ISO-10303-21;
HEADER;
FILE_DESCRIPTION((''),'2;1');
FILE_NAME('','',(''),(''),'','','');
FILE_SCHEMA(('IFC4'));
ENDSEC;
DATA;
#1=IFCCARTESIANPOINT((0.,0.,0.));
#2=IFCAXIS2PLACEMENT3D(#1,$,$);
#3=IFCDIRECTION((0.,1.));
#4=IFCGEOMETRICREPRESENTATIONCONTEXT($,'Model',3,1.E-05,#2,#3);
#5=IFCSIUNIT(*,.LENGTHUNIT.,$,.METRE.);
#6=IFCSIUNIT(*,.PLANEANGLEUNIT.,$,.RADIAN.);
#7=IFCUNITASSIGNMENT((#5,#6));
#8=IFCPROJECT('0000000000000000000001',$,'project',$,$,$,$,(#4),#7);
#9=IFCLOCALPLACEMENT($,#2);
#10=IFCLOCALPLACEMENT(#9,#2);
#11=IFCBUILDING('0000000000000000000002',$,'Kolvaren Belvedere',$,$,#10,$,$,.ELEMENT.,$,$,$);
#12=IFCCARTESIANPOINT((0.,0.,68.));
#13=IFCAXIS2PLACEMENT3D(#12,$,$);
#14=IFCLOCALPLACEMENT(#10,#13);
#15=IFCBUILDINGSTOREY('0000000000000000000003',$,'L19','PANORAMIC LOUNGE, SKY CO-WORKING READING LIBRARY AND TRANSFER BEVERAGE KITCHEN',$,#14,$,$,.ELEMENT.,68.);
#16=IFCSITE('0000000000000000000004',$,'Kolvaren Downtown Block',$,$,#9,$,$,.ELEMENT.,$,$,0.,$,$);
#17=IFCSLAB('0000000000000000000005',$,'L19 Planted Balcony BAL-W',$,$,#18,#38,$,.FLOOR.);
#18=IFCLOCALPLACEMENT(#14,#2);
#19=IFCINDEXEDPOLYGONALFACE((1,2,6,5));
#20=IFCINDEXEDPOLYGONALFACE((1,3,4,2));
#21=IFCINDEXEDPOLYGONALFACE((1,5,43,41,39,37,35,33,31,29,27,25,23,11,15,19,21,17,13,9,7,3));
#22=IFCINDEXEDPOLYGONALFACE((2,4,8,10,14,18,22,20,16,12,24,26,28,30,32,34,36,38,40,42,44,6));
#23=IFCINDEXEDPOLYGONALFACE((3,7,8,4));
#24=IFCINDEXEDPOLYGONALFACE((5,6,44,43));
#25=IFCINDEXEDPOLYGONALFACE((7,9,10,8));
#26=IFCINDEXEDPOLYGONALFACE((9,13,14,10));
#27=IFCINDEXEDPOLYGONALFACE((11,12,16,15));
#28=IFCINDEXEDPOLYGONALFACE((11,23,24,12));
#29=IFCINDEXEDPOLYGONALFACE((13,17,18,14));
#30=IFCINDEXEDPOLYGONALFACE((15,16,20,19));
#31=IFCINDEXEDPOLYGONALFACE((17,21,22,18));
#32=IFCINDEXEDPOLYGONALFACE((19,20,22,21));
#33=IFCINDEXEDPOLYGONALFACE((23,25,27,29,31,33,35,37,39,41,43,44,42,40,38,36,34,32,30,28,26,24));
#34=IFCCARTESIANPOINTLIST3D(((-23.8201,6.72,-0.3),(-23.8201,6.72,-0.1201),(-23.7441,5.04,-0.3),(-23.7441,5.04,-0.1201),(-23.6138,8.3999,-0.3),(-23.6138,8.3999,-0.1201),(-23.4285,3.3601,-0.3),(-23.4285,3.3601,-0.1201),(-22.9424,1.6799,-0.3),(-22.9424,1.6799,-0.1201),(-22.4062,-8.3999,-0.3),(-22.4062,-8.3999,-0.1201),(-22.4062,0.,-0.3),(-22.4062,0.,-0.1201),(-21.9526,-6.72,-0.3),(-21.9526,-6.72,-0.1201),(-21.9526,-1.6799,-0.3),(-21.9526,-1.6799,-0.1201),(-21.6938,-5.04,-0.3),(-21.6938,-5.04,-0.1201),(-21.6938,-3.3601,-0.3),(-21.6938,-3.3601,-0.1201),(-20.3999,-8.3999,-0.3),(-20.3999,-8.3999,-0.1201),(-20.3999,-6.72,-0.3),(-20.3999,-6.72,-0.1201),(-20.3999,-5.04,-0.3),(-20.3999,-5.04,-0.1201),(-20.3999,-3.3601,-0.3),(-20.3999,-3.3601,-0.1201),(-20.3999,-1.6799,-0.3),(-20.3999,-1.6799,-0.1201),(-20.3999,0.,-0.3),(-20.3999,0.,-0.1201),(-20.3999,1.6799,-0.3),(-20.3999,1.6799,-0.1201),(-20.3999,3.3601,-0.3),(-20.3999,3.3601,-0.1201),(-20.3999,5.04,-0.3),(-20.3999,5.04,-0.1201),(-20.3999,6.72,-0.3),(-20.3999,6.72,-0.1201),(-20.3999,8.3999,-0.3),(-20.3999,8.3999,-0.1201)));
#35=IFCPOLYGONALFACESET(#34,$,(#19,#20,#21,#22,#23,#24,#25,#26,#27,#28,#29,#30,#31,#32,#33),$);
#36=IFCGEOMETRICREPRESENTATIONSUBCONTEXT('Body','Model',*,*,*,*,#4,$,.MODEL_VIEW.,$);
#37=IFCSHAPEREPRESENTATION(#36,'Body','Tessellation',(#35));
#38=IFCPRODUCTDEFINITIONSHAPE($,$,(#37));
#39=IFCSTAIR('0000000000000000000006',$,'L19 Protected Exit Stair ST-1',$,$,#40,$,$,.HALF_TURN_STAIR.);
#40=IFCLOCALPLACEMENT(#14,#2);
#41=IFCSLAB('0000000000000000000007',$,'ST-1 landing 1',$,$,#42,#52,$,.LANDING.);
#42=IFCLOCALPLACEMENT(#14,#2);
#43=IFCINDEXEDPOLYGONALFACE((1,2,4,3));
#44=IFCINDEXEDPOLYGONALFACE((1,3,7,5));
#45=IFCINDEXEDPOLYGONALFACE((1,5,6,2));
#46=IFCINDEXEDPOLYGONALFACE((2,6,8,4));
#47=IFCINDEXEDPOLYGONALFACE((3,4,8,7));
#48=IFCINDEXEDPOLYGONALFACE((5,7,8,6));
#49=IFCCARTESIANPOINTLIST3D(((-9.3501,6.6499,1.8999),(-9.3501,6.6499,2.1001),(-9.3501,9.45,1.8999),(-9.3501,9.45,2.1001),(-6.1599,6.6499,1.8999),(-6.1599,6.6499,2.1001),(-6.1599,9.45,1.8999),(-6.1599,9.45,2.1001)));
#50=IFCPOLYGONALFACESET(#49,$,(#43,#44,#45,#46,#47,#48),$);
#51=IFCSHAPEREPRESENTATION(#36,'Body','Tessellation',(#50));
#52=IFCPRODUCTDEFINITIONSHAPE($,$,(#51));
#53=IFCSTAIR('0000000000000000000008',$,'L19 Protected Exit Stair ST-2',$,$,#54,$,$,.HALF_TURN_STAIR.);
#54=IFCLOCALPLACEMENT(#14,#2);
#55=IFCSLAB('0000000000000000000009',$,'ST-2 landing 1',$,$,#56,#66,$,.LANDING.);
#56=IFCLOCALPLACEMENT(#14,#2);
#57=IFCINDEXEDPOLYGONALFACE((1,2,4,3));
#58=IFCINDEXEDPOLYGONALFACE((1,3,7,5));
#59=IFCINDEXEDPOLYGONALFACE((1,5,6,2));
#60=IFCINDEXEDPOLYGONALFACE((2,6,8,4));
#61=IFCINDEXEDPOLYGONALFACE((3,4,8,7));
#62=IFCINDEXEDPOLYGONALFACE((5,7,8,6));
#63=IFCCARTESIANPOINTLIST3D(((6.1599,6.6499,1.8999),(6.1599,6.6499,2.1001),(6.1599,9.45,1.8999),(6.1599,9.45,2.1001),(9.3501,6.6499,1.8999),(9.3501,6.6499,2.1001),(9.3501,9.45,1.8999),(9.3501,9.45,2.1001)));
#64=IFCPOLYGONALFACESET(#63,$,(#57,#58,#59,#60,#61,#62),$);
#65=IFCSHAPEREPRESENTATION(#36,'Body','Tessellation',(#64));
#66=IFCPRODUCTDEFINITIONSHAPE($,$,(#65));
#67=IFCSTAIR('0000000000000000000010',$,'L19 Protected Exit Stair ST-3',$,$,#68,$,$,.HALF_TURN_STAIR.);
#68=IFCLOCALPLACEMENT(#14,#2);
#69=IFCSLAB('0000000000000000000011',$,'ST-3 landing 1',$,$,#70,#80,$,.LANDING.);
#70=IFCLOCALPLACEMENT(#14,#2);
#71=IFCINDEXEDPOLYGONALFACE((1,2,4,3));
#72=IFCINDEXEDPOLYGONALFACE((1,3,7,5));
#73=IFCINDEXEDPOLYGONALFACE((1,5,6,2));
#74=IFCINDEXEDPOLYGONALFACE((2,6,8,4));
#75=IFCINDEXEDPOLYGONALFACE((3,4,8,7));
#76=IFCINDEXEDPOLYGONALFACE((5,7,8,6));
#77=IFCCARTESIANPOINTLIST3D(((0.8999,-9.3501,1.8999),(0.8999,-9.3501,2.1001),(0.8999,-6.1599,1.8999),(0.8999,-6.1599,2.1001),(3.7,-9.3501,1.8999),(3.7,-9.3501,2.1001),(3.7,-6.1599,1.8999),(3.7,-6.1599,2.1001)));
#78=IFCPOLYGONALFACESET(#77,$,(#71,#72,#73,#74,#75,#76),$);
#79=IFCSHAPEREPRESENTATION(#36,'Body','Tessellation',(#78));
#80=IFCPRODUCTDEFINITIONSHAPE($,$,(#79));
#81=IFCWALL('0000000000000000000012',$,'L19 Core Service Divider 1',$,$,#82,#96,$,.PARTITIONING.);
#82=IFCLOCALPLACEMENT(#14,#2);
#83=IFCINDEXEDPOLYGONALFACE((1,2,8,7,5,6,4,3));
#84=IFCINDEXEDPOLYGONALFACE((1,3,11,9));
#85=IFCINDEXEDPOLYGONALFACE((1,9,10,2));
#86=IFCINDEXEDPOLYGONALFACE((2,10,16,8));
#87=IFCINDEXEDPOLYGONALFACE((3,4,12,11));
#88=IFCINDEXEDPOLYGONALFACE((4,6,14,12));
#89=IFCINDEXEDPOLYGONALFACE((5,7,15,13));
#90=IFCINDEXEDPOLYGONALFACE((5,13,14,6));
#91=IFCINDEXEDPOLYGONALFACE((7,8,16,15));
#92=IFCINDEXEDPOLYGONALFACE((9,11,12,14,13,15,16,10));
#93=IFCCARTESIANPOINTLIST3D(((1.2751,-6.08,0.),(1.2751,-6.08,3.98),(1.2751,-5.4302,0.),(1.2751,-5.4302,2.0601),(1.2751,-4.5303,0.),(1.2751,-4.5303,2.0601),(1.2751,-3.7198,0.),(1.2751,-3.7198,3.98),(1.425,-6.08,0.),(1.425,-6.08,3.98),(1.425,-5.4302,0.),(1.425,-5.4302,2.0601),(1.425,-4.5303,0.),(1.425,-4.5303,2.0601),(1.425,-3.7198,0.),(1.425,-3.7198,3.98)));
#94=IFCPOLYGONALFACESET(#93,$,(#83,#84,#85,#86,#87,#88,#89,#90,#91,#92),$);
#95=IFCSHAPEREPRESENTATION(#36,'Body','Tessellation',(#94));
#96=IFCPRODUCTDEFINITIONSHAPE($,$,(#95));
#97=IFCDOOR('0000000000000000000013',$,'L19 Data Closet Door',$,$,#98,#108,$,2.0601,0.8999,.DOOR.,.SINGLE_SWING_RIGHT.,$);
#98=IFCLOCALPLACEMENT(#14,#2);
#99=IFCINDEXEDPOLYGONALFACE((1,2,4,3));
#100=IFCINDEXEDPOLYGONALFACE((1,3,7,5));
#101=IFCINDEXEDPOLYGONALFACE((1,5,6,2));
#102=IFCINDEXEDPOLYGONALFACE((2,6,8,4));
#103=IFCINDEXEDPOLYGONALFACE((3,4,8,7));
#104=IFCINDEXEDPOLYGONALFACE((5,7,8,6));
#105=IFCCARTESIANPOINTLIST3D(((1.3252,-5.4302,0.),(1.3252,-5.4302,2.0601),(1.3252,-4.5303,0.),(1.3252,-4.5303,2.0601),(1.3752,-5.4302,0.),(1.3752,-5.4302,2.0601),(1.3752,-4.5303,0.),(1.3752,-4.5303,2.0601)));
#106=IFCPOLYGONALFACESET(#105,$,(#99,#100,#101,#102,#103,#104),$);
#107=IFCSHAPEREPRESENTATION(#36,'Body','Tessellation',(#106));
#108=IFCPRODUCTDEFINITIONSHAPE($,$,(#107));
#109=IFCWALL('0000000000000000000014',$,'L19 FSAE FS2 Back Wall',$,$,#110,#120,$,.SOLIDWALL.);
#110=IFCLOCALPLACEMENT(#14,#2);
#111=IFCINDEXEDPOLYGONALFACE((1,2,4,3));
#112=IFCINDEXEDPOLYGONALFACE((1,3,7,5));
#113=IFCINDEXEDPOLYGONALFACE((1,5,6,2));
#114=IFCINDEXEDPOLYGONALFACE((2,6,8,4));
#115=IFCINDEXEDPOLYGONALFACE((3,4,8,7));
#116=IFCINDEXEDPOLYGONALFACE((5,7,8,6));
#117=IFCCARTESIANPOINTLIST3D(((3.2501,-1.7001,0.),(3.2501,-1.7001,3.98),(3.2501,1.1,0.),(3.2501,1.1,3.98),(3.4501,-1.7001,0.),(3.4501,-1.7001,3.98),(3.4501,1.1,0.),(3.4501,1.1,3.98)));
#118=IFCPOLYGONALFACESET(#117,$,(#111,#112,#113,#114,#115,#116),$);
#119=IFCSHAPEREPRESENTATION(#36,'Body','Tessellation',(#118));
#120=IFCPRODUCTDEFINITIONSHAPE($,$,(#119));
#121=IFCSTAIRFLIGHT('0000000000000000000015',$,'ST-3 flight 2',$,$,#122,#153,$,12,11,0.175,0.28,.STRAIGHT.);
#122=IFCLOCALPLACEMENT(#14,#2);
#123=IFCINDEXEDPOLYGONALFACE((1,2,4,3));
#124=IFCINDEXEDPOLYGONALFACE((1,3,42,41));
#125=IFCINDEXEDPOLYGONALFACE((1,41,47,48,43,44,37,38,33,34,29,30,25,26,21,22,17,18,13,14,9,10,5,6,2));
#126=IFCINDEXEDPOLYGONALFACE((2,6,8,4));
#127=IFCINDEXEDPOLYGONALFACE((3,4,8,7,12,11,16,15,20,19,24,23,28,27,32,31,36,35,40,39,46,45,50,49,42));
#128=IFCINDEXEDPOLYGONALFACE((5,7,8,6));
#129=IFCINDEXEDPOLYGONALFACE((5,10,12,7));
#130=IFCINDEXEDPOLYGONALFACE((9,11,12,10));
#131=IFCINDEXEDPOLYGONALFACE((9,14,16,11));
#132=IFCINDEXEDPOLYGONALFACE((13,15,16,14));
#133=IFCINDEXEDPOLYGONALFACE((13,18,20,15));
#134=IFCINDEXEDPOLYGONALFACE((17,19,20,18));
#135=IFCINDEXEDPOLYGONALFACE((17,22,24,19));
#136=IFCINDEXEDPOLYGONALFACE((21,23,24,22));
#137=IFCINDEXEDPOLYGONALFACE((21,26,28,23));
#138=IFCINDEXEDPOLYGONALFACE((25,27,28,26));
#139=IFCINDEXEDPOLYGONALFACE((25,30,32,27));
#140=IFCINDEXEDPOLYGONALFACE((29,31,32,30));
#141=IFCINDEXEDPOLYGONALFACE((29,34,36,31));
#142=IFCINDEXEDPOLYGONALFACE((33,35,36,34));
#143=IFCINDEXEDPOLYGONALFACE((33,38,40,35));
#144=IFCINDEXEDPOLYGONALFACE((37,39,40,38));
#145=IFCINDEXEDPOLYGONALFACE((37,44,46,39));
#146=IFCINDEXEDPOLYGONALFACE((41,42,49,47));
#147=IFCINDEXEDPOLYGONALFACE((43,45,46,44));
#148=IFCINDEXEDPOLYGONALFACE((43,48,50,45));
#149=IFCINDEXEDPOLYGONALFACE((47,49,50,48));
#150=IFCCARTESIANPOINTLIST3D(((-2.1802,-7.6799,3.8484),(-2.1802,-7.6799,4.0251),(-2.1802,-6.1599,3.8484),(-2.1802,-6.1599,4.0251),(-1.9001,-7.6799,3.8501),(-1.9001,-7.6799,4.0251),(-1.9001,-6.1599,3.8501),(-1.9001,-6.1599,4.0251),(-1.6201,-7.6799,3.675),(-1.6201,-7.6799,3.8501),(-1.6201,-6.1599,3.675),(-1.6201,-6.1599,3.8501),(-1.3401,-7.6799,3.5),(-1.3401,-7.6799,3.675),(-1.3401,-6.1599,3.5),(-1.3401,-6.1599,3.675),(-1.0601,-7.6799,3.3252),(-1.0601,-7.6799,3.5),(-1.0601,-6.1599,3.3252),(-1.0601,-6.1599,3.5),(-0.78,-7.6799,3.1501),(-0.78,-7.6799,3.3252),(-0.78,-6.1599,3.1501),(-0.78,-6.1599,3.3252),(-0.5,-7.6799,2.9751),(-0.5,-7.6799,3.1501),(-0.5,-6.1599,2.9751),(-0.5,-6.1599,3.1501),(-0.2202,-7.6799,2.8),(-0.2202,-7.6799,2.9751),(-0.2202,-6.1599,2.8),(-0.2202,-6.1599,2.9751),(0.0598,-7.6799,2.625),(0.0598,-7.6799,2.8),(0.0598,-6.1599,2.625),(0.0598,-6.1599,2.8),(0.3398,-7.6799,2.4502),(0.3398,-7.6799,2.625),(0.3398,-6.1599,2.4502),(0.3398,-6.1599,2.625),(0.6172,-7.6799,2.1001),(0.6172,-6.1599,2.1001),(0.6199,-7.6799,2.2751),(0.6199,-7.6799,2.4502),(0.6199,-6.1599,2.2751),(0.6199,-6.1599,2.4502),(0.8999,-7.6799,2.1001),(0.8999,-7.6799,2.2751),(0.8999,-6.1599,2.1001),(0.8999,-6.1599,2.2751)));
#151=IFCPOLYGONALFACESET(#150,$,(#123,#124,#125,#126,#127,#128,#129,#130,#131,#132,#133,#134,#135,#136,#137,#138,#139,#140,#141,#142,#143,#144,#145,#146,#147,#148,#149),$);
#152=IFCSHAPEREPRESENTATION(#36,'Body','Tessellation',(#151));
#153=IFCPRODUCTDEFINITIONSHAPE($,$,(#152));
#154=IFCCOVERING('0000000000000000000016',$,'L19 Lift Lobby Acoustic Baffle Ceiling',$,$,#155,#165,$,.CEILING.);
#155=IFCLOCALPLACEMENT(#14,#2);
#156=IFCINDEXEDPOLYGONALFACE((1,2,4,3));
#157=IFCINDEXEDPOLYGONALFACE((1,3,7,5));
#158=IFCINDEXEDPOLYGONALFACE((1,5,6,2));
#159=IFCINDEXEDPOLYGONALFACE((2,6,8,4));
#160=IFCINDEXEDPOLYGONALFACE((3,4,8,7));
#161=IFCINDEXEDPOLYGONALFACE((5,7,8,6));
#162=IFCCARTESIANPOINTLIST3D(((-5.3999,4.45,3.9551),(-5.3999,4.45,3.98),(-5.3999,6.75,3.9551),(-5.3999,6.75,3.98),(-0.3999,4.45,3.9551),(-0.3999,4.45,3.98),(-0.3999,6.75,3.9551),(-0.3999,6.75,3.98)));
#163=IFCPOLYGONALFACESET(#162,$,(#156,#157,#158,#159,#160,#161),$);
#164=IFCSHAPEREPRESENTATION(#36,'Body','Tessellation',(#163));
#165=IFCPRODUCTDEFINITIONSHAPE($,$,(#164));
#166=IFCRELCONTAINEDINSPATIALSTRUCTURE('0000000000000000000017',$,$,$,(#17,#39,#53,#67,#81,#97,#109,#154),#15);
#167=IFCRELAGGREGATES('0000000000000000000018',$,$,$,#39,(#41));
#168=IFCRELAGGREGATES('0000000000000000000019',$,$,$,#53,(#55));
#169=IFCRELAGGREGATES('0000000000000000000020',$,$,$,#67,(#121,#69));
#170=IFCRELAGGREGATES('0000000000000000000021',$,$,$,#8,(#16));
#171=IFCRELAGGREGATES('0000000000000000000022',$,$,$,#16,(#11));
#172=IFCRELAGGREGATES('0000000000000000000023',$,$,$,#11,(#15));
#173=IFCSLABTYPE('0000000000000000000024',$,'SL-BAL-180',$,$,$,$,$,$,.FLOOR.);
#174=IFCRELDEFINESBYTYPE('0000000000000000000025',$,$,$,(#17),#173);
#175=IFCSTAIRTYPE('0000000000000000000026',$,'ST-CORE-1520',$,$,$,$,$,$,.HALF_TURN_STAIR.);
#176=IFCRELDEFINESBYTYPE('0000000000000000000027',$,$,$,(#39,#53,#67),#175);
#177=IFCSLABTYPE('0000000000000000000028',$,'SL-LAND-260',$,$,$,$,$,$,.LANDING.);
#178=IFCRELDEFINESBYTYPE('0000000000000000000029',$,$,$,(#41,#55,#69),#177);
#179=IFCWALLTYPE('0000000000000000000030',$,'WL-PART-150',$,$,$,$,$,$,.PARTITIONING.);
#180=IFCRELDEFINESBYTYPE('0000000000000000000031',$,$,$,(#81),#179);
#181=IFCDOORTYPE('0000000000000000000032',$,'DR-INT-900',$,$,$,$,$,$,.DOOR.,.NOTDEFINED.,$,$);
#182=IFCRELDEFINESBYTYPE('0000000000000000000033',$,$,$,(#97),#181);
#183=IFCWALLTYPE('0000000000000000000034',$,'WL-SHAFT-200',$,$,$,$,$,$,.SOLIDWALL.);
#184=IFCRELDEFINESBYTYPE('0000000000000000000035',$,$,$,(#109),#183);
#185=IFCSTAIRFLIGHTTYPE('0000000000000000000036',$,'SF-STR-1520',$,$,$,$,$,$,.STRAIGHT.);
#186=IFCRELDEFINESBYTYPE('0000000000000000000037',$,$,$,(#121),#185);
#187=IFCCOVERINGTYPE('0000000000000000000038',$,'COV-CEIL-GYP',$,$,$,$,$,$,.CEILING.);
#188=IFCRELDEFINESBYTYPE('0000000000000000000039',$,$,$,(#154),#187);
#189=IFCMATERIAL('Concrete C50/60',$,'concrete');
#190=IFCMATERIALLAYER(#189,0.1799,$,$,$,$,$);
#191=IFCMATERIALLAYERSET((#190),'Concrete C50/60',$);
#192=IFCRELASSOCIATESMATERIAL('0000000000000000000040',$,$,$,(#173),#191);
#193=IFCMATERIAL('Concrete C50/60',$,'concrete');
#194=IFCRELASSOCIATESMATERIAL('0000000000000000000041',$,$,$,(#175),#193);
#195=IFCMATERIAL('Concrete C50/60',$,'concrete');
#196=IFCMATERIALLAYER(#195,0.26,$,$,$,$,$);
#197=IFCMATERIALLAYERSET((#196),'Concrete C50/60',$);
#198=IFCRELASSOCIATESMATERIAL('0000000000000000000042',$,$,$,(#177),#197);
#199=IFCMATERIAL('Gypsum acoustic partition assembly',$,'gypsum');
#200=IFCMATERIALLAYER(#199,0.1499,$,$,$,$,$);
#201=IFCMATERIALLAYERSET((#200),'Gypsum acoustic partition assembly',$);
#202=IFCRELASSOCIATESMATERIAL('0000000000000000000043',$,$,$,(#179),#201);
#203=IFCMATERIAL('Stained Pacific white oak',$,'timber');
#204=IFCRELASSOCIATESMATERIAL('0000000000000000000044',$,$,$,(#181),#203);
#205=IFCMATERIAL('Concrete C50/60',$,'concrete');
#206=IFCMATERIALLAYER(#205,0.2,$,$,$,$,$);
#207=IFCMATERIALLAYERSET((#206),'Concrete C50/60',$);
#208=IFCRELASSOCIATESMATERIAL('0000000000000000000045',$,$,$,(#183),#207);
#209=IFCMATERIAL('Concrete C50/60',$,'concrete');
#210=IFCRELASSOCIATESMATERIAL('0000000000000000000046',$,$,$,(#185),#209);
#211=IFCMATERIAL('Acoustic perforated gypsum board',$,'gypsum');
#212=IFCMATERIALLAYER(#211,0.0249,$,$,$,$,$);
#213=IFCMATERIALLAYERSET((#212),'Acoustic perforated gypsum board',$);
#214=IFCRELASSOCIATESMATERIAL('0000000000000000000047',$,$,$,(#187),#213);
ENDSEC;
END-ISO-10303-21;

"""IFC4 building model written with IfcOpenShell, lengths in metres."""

from ifc_helpers import new_model, si_unit, direction, frame, frame_2d, origin, place, context, subcontext, project, spatial, polyline, rectangle, outline, extrude, material, layer, layer_set, type_object, element, fill, aggregate, save


model = new_model("IFC4")

# Units and contexts
model_context = context("Model", 3, precision=1e-05, world=origin(), true_north=direction((0.0, 1.0)))
body_context = subcontext(model_context, "Body", "Model", "MODEL_VIEW")
ifc_project = project(units=[si_unit("LENGTHUNIT", "METRE"), si_unit("PLANEANGLEUNIT", "RADIAN")], contexts=[model_context])

# Site, building, storey
site_placement = place(None, origin())
site = spatial("IfcSite", under=ifc_project, at=site_placement, Name="Kolvaren Downtown Block", CompositionType="ELEMENT", RefElevation=0.0)
building_placement = place(site_placement, origin())
building = spatial("IfcBuilding", under=site, at=building_placement, Name="Kolvaren Belvedere", CompositionType="ELEMENT")
storey_placement = place(building_placement, frame((0.0, 0.0, 68.0)))
storey = spatial("IfcBuildingStorey", under=building, at=storey_placement, Name="L19", Description="PANORAMIC LOUNGE, SKY CO-WORKING READING LIBRARY AND TRANSFER BEVERAGE KITCHEN", CompositionType="ELEMENT", Elevation=68.0)

# Slab
ifc_material_1 = material(Name="Concrete C50/60", Category="concrete")
ifc_layer_1 = layer(ifc_material_1, 0.1799)
ifc_layer_set_1 = layer_set([ifc_layer_1], Name="Concrete C50/60")
slab_type_1 = type_object("IfcSlabType", Name="SL-BAL-180", PredefinedType="FLOOR", material=ifc_layer_set_1)
slab_1_placement = place(storey_placement, frame((0.0, 0.0, -0.3)))
element("IfcSlab", 1, at=slab_1_placement, inside=storey, type_object=slab_type_1, Name="L19 Planted Balcony BAL-W", PredefinedType="FLOOR", context=body_context, shape_type="SweptSolid", body=[
    extrude(outline(polyline([(-23.6138, 8.3999), (-23.8201, 6.72), (-23.7441, 5.04), (-23.4285, 3.3601), (-22.9424, 1.6799), (-22.4062, 0.0), (-21.9526, -1.6799), (-21.6938, -3.3601), (-21.6938, -5.04), (-21.9526, -6.72), (-22.4062, -8.3999), (-20.3999, -8.3999), (-20.3999, -6.72), (-20.3999, -5.04), (-20.3999, -3.3601), (-20.3999, -1.6799), (-20.3999, 0.0), (-20.3999, 1.6799), (-20.3999, 3.3601), (-20.3999, 5.04), (-20.3999, 6.72), (-20.3999, 8.3999), (-23.6138, 8.3999)])), origin(), (0.0, 0.0, 1.0), 0.1799),
])

# Stairs, slabs
ifc_material_2 = material(Name="Concrete C50/60", Category="concrete")
stair_type = type_object("IfcStairType", Name="ST-CORE-1520", PredefinedType="HALF_TURN_STAIR", material=ifc_material_2)
stair_1_placement = place(storey_placement, origin())
stair_1 = element("IfcStair", 2, at=stair_1_placement, inside=storey, type_object=stair_type, Name="L19 Protected Exit Stair ST-1", PredefinedType="HALF_TURN_STAIR")
ifc_material_3 = material(Name="Concrete C50/60", Category="concrete")
ifc_layer_2 = layer(ifc_material_3, 0.26)
ifc_layer_set_2 = layer_set([ifc_layer_2], Name="Concrete C50/60")
slab_type_2 = type_object("IfcSlabType", Name="SL-LAND-260", PredefinedType="LANDING", material=ifc_layer_set_2)
slab_2_placement = place(storey_placement, frame((0.0, 0.0, 1.8999)))
slab_2 = element("IfcSlab", 3, at=slab_2_placement, type_object=slab_type_2, Name="ST-1 landing 1", PredefinedType="LANDING", context=body_context, shape_type="SweptSolid", body=[
    extrude(outline(polyline([(-6.1599, 6.6499), (-6.1599, 9.45), (-9.3501, 9.45), (-9.3501, 6.6499), (-6.1599, 6.6499)])), origin(), (0.0, 0.0, 1.0), 0.2002),
])
aggregate(stair_1, [slab_2])
stair_2_placement = place(storey_placement, origin())
stair_2 = element("IfcStair", 4, at=stair_2_placement, inside=storey, type_object=stair_type, Name="L19 Protected Exit Stair ST-2", PredefinedType="HALF_TURN_STAIR")
slab_3_placement = place(storey_placement, frame((0.0, 0.0, 1.8999)))
slab_3 = element("IfcSlab", 5, at=slab_3_placement, type_object=slab_type_2, Name="ST-2 landing 1", PredefinedType="LANDING", context=body_context, shape_type="SweptSolid", body=[
    extrude(outline(polyline([(9.3501, 6.6499), (9.3501, 9.45), (6.1599, 9.45), (6.1599, 6.6499), (9.3501, 6.6499)])), origin(), (0.0, 0.0, 1.0), 0.2002),
])
aggregate(stair_2, [slab_3])
stair_3_placement = place(storey_placement, origin())
stair_3 = element("IfcStair", 6, at=stair_3_placement, inside=storey, type_object=stair_type, Name="L19 Protected Exit Stair ST-3", PredefinedType="HALF_TURN_STAIR")
slab_4_placement = place(storey_placement, frame((0.0, 0.0, 1.8999)))
slab_4 = element("IfcSlab", 7, at=slab_4_placement, type_object=slab_type_2, Name="ST-3 landing 1", PredefinedType="LANDING", context=body_context, shape_type="SweptSolid", body=[
    extrude(outline(polyline([(0.8999, -9.3501), (3.7, -9.3501), (3.7, -6.1599), (0.8999, -6.1599), (0.8999, -9.3501)])), origin(), (0.0, 0.0, 1.0), 0.2002),
])

# Wall, opening, door
ifc_material_4 = material(Name="Gypsum acoustic partition assembly", Category="gypsum")
ifc_layer_3 = layer(ifc_material_4, 0.1499)
ifc_layer_set_3 = layer_set([ifc_layer_3], Name="Gypsum acoustic partition assembly")
wall_type_1 = type_object("IfcWallType", Name="WL-PART-150", PredefinedType="PARTITIONING", material=ifc_layer_set_3)
wall_1_placement = place(storey_placement, frame((1.3501, -6.0801, 0.0), z_axis=(0.0, 0.0, 1.0), x_axis=(0.0, 1.0, 0.0)))
wall_1 = element("IfcWall", 8, at=wall_1_placement, inside=storey, type_object=wall_type_1, Name="L19 Core Service Divider 1", PredefinedType="PARTITIONING", context=body_context, shape_type="SweptSolid", body=[
    extrude(rectangle(XDim=2.3601, YDim=0.1499, at=frame_2d((1.1802, 0.0))), origin(), (0.0, 0.0, 1.0), 3.98),
])
opening_placement = place(wall_1_placement, frame((0.6499, 0.0, 0.0)))
opening = element("IfcOpeningElement", 9, at=opening_placement, cuts=wall_1, PredefinedType="OPENING", context=body_context, shape_type="SweptSolid", body=[
    extrude(rectangle(XDim=0.8999, YDim=2.0601, at=frame_2d((0.45, 1.03))), frame((0.0, 0.085, 0.0), z_axis=(0.0, -1.0, 0.0), x_axis=(1.0, 0.0, 0.0)), (0.0, 0.0, 1.0), 0.1699),
])
ifc_material_5 = material(Name="Stained Pacific white oak", Category="timber")
door_type = type_object("IfcDoorType", Name="DR-INT-900", OperationType="NOTDEFINED", PredefinedType="DOOR", material=ifc_material_5)
door_placement = place(opening_placement, origin())
door = element("IfcDoor", 10, at=door_placement, inside=storey, type_object=door_type, Name="L19 Data Closet Door", OperationType="SINGLE_SWING_RIGHT", OverallHeight=2.0601, OverallWidth=0.8999, PredefinedType="DOOR", context=body_context, shape_type="SweptSolid", body=[
    extrude(rectangle(XDim=0.8999, YDim=2.0601, at=frame_2d((0.45, 1.03))), frame((0.0, 0.0249, 0.0), z_axis=(0.0, -1.0, 0.0), x_axis=(1.0, 0.0, 0.0)), (0.0, 0.0, 1.0), 0.05),
])
fill(opening, door)

# Wall
ifc_material_6 = material(Name="Concrete C50/60", Category="concrete")
ifc_layer_4 = layer(ifc_material_6, 0.2)
ifc_layer_set_4 = layer_set([ifc_layer_4], Name="Concrete C50/60")
wall_type_2 = type_object("IfcWallType", Name="WL-SHAFT-200", PredefinedType="SOLIDWALL", material=ifc_layer_set_4)
wall_2_placement = place(storey_placement, frame((3.3501, -1.7, 0.0), z_axis=(0.0, 0.0, 1.0), x_axis=(0.0, 1.0, 0.0)))
element("IfcWall", 11, at=wall_2_placement, inside=storey, type_object=wall_type_2, Name="L19 FSAE FS2 Back Wall", PredefinedType="SOLIDWALL", context=body_context, shape_type="SweptSolid", body=[
    extrude(rectangle(XDim=2.8, YDim=0.2, at=frame_2d((1.3999, 0.0))), origin(), (0.0, 0.0, 1.0), 3.98),
])

# Stair flight
ifc_material_7 = material(Name="Concrete C50/60", Category="concrete")
stair_flight_type = type_object("IfcStairFlightType", Name="SF-STR-1520", PredefinedType="STRAIGHT", material=ifc_material_7)
stair_flight_placement = place(storey_placement, frame((0.8999, -6.9199, 2.1001), z_axis=(0.0, 0.0, 1.0), x_axis=(-1.0, 0.0, 0.0)))
stair_flight = element("IfcStairFlight", 12, at=stair_flight_placement, type_object=stair_flight_type, Name="ST-3 flight 2", NumberOfRisers=12, NumberOfTreads=11, PredefinedType="STRAIGHT", RiserHeight=0.175, TreadLength=0.28, context=body_context, shape_type="SweptSolid", body=[
    extrude(outline(polyline([(0.0, 0.0), (0.0, 0.175), (0.28, 0.175), (0.28, 0.3501), (0.5601, 0.3501), (0.5601, 0.5249), (0.8401, 0.5249), (0.8401, 0.7), (1.1201, 0.7), (1.1201, 0.875), (1.3999, 0.875), (1.3999, 1.05), (1.6799, 1.05), (1.6799, 1.2251), (1.96, 1.2251), (1.96, 1.3999), (2.24, 1.3999), (2.24, 1.575), (2.52, 1.575), (2.52, 1.75), (2.8, 1.75), (2.8, 1.925), (3.0801, 1.925), (3.0801, 2.1001), (3.0801, 1.7483), (0.2827, 0.0), (0.0, 0.0)])), frame((0.0, 0.76, 0.0), z_axis=(0.0, -1.0, 0.0), x_axis=(1.0, 0.0, 0.0)), (0.0, 0.0, 1.0), 1.52),
])
aggregate(stair_3, [stair_flight, slab_4])

# Covering
ifc_material_8 = material(Name="Acoustic perforated gypsum board", Category="gypsum")
ifc_layer_5 = layer(ifc_material_8, 0.0249)
ifc_layer_set_5 = layer_set([ifc_layer_5], Name="Acoustic perforated gypsum board")
covering_type_1 = type_object("IfcCoveringType", Name="COV-CEIL-GYP", PredefinedType="CEILING", material=ifc_layer_set_5)
covering_1_placement = place(storey_placement, frame((0.0, 0.0, 3.9551)))
element("IfcCovering", 13, at=covering_1_placement, inside=storey, type_object=covering_type_1, Name="L19 Lift Lobby Acoustic Baffle Ceiling", PredefinedType="CEILING", context=body_context, shape_type="SweptSolid", body=[
    extrude(outline(polyline([(-5.3999, 4.45), (-0.3999, 4.45), (-0.3999, 6.75), (-5.3999, 6.75), (-5.3999, 4.45)])), origin(), (0.0, 0.0, 1.0), 0.0249),
])

save(model, "model.ifc")
